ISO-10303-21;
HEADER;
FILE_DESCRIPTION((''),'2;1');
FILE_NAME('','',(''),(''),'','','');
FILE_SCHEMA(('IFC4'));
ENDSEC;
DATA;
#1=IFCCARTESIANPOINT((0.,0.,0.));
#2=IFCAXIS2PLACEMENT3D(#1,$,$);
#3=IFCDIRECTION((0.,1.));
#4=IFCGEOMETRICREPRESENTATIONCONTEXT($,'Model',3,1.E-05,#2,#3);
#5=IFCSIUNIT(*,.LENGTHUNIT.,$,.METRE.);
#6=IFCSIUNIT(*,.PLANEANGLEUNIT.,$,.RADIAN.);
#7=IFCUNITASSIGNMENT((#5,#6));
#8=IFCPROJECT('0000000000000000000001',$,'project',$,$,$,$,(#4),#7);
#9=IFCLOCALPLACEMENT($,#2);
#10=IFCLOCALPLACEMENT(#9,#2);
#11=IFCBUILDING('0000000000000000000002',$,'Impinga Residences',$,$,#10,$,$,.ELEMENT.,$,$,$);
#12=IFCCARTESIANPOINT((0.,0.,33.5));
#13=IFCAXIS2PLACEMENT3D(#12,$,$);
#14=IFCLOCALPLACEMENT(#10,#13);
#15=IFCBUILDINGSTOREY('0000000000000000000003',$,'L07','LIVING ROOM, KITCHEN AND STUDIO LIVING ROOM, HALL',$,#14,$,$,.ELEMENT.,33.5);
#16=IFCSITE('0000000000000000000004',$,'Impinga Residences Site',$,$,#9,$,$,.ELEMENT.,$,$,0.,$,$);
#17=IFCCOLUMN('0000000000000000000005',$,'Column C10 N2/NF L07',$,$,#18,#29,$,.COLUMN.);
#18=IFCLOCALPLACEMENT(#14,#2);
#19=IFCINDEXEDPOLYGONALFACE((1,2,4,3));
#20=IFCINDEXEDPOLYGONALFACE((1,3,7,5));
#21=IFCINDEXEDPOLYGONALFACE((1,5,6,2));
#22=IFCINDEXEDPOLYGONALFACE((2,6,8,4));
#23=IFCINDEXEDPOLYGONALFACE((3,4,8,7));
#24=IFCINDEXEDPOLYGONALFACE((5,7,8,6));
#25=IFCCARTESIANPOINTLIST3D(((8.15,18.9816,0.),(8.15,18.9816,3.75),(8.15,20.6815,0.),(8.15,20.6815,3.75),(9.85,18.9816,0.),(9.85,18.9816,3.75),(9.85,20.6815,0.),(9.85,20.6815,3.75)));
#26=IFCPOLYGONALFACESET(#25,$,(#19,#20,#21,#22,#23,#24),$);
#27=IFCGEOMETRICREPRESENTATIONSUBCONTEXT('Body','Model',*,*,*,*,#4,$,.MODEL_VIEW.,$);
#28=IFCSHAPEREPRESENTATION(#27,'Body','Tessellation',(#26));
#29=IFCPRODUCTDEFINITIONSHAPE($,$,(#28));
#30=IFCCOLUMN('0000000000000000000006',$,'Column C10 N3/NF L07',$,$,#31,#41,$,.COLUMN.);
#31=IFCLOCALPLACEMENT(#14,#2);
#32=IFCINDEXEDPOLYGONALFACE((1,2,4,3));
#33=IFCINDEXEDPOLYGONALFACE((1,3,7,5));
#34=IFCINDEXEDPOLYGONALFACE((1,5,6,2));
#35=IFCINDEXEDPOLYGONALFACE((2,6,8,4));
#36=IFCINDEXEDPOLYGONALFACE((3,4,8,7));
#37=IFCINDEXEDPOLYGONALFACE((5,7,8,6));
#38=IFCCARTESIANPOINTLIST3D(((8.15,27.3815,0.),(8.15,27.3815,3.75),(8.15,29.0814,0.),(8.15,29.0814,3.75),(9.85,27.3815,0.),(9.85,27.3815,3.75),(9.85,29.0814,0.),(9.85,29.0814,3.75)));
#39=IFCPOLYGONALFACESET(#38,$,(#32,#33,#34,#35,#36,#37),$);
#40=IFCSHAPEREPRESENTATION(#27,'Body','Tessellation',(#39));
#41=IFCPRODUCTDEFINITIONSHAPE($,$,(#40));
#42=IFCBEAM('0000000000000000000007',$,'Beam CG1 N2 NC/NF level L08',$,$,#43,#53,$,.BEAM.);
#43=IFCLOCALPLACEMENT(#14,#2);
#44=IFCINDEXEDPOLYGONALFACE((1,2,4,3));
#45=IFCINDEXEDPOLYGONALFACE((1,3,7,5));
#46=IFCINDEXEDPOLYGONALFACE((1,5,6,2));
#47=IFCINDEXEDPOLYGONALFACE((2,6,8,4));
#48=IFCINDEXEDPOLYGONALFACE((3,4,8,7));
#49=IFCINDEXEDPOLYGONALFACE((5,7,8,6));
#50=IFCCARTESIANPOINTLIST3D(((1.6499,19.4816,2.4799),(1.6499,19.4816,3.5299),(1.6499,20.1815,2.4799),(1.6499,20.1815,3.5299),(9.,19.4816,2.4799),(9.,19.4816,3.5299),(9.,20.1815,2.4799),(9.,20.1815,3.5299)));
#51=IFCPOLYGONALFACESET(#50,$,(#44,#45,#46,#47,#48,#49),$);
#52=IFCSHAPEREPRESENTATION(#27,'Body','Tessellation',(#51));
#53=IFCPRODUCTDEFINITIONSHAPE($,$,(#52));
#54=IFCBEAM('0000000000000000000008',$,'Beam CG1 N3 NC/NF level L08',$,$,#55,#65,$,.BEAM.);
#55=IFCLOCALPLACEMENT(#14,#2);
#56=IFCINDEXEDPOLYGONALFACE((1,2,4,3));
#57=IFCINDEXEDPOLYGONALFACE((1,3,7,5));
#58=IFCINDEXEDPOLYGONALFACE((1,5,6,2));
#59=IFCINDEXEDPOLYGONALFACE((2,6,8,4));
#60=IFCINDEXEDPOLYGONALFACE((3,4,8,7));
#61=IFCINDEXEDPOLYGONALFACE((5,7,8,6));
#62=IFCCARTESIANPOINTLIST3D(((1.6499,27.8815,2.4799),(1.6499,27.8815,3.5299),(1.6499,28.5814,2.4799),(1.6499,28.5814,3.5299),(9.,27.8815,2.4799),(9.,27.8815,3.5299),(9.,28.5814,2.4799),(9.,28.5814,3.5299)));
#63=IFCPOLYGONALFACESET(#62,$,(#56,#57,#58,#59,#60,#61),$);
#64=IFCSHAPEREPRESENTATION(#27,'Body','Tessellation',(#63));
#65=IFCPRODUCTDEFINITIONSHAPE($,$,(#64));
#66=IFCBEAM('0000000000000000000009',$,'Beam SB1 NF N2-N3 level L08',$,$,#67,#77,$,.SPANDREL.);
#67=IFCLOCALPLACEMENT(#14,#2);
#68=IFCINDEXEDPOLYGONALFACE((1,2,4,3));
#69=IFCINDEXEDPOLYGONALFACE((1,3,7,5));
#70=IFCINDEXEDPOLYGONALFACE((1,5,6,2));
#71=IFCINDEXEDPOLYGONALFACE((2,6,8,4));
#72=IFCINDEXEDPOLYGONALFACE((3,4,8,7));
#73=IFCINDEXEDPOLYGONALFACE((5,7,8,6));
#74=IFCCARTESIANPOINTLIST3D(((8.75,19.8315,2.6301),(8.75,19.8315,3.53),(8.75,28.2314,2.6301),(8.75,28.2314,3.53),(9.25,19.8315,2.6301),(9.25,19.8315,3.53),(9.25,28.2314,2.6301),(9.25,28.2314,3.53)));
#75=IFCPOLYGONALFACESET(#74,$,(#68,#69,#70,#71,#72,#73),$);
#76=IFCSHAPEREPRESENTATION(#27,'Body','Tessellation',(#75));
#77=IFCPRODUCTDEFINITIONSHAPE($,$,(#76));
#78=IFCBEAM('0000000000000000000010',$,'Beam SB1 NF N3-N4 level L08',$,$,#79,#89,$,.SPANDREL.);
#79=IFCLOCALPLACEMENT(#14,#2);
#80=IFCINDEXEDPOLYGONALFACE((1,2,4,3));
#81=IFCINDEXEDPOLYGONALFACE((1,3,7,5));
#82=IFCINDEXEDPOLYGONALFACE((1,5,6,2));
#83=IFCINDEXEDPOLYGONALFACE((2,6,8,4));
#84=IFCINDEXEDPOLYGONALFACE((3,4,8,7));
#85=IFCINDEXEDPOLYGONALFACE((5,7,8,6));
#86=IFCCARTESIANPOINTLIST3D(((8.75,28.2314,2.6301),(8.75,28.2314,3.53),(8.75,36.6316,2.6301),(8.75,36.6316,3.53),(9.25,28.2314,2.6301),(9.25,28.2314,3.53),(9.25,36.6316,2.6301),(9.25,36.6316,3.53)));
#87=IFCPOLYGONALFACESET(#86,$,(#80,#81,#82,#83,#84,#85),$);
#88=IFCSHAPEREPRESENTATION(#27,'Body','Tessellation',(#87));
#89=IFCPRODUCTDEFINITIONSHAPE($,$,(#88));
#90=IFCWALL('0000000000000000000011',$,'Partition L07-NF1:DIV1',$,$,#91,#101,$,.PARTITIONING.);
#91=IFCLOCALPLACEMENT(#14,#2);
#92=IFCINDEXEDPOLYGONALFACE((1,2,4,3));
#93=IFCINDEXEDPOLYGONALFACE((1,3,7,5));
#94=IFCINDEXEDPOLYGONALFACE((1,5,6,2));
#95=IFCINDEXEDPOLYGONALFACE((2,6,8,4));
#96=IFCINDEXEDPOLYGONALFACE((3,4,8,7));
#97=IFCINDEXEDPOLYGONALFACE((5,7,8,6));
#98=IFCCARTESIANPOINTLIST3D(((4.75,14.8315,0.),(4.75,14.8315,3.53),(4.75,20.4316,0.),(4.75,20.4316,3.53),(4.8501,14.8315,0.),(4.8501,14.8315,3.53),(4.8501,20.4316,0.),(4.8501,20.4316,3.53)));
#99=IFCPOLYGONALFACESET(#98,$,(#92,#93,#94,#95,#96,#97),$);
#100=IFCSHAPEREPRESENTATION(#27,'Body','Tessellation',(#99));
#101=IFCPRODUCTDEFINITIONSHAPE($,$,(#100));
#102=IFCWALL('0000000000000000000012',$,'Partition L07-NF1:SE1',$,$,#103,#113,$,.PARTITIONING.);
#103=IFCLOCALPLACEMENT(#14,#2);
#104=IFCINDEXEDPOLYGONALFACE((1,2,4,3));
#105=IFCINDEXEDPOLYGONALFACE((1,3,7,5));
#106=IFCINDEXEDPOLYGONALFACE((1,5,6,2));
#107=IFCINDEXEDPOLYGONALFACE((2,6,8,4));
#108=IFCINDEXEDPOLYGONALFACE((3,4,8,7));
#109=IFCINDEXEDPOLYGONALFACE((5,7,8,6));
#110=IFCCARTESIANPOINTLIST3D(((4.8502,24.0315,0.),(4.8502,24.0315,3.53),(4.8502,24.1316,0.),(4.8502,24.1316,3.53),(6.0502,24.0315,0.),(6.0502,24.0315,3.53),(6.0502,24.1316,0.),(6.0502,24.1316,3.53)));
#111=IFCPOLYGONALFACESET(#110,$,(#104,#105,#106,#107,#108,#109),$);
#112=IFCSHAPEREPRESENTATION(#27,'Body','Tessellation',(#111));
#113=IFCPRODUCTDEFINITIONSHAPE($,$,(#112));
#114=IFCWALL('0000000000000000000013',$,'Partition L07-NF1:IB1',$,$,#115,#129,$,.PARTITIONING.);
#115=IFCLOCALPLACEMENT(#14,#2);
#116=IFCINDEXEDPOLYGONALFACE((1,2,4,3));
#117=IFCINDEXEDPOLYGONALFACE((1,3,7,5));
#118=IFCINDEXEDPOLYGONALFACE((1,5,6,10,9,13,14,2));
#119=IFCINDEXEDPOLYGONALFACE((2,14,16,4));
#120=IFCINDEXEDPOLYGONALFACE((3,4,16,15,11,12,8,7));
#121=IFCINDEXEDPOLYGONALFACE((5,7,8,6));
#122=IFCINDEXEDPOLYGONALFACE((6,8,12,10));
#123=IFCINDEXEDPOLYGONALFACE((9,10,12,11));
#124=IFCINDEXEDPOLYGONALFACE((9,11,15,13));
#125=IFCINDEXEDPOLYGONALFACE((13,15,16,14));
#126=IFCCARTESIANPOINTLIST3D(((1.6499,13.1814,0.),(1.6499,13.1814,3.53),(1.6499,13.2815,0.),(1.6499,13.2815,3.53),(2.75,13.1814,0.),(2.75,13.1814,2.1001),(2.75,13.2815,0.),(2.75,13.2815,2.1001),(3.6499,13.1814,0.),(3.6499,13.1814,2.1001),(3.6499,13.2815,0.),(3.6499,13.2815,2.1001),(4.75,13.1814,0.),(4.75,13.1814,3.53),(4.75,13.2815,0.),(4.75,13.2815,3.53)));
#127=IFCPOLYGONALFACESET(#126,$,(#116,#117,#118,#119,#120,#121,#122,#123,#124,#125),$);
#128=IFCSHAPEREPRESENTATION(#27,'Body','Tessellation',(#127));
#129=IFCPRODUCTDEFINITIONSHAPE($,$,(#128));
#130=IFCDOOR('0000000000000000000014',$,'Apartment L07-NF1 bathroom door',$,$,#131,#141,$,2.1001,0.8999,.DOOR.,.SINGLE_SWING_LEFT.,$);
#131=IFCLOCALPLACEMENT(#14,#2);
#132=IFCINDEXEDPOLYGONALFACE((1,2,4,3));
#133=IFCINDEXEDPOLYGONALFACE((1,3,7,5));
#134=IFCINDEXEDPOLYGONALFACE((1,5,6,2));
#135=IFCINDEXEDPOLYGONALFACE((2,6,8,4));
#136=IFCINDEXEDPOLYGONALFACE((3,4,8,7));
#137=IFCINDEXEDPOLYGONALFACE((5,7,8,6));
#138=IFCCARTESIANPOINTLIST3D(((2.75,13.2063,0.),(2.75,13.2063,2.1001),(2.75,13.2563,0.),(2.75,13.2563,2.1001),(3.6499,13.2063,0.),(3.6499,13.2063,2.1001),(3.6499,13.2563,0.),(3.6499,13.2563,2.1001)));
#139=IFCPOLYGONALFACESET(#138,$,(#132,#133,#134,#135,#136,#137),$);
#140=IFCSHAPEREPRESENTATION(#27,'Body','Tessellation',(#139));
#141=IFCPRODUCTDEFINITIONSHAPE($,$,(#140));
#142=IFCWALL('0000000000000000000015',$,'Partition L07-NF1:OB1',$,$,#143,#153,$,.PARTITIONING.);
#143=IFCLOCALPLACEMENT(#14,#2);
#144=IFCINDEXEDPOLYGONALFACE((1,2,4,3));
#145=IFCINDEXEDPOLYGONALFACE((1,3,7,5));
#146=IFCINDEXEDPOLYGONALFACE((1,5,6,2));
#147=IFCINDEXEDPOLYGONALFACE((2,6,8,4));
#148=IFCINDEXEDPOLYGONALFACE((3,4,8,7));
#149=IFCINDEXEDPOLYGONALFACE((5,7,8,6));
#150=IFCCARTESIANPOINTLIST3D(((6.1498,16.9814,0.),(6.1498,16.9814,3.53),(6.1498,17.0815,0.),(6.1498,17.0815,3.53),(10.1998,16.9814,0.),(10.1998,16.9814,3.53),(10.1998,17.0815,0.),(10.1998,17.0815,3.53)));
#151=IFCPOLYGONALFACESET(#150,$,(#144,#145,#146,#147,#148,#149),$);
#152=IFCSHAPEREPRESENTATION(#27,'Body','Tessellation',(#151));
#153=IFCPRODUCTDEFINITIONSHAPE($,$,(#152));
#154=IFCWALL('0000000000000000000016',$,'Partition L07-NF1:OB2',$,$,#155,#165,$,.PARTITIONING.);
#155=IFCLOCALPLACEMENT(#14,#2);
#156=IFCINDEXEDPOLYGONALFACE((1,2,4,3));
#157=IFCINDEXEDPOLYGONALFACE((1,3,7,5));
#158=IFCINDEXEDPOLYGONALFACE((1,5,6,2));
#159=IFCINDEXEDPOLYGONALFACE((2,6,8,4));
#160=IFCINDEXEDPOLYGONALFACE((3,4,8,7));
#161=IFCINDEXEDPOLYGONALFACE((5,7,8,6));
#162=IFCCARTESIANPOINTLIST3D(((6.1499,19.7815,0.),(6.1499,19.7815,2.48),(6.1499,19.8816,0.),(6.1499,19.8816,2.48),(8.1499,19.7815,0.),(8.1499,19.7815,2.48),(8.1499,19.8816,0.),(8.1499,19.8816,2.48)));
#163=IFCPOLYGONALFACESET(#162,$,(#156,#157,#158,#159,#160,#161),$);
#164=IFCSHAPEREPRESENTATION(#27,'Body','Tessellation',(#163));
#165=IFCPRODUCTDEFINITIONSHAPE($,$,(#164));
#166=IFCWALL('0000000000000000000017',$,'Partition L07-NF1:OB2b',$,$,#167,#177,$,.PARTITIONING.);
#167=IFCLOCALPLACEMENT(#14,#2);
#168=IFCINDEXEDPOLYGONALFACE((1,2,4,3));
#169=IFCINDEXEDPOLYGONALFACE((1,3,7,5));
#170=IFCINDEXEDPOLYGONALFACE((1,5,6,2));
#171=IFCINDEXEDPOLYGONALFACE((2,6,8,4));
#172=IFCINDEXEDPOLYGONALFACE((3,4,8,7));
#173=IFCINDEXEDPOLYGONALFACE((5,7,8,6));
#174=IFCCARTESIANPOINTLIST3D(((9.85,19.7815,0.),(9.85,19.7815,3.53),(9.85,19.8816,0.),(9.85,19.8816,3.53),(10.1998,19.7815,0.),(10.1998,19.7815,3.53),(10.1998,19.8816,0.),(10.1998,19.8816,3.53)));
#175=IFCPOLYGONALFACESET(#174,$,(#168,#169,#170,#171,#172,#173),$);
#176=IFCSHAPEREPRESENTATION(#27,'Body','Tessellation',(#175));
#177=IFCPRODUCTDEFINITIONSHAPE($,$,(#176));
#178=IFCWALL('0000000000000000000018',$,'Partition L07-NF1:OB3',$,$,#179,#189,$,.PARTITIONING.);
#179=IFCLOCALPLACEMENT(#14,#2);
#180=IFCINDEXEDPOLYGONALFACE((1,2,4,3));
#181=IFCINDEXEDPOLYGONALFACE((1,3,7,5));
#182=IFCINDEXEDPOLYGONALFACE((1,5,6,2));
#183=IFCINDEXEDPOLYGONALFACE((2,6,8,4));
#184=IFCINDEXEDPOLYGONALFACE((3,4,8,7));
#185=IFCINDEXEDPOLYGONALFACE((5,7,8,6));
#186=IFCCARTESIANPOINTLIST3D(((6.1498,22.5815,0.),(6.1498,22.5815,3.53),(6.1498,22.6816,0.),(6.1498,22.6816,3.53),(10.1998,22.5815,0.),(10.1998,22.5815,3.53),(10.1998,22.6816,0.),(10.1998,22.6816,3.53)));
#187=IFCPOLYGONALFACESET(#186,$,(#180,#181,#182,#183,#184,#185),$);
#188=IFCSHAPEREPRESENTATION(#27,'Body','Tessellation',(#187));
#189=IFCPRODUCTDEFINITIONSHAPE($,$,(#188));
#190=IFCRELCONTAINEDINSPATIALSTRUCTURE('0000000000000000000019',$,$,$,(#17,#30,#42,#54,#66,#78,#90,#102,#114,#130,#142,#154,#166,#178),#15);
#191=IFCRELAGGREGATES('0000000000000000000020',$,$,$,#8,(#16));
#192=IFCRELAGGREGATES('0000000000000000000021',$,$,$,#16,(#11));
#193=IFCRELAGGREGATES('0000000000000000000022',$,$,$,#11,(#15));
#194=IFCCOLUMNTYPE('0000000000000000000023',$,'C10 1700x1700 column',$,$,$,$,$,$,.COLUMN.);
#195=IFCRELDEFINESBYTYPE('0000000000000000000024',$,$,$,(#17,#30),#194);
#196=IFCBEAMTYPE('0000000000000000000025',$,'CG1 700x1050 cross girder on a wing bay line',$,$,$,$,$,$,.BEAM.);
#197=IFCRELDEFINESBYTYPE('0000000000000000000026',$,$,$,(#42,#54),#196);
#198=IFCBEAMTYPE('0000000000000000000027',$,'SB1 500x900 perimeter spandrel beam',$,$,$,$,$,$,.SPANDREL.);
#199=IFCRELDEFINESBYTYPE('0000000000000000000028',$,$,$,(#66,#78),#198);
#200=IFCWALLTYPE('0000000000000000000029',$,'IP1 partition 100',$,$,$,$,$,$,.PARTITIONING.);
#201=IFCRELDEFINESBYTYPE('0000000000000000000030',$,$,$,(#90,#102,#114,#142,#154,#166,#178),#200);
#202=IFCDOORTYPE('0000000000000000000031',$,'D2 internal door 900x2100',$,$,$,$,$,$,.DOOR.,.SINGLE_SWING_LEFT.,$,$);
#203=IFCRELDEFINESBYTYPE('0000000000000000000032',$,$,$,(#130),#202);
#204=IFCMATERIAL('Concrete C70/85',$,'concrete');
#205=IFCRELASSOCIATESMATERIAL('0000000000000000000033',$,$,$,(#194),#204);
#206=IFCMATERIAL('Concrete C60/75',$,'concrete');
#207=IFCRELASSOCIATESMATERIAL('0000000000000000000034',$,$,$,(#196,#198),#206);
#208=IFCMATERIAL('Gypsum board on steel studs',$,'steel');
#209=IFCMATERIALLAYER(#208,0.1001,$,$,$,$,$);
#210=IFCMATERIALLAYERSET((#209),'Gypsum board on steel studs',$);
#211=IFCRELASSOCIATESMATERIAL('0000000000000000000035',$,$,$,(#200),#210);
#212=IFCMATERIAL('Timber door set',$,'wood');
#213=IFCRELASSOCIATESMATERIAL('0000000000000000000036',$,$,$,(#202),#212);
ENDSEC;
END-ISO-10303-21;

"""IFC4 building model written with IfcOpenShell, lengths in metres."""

from ifc_helpers import new_model, si_unit, direction, frame, frame_2d, origin, origin_2d, place, context, subcontext, project, spatial, rectangle, extrude, material, layer, layer_set, material_profile, profile_set, type_object, element, fill, save


model = new_model("IFC4")

# Units and contexts
model_context = context("Model", 3, precision=1e-05, world=origin(), true_north=direction((0.0, 1.0)))
body_context = subcontext(model_context, "Body", "Model", "MODEL_VIEW")
ifc_project = project(units=[si_unit("LENGTHUNIT", "METRE"), si_unit("PLANEANGLEUNIT", "RADIAN")], contexts=[model_context])

# Site, building, storey
site_placement = place(None, origin())
site = spatial("IfcSite", under=ifc_project, at=site_placement, Name="Impinga Residences Site", CompositionType="ELEMENT", RefElevation=0.0)
building_placement = place(site_placement, origin())
building = spatial("IfcBuilding", under=site, at=building_placement, Name="Impinga Residences", CompositionType="ELEMENT")
storey_placement = place(building_placement, frame((0.0, 0.0, 33.5)))
storey = spatial("IfcBuildingStorey", under=building, at=storey_placement, Name="L07", Description="LIVING ROOM, KITCHEN AND STUDIO LIVING ROOM, HALL", CompositionType="ELEMENT", Elevation=33.5)

# Columns
ifc_material_1 = material(Name="Concrete C70/85", Category="concrete")
ifc_material_profile_1 = material_profile(ifc_material_1, rectangle(XDim=1.7, YDim=1.7, at=origin_2d()), Name="RC 1700x1700")
ifc_profile_set_1 = profile_set([ifc_material_profile_1], Name="Concrete C70/85")
column_type = type_object("IfcColumnType", Name="C10 1700x1700 column", PredefinedType="COLUMN", material=ifc_profile_set_1)
for number, where, z_axis, x_axis, name in (
    (1, (9.0, 19.8315, 0.0), (0.0, 0.0, 1.0), (1.0, 0.0, 0.0), "Column C10 N2/NF L07"),
    (2, (9.0, 28.2314, 0.0), (0.0, 0.0, 1.0), (1.0, 0.0, 0.0), "Column C10 N3/NF L07"),
):
    element("IfcColumn", number, at=place(storey_placement, frame(where, z_axis=z_axis, x_axis=x_axis)), inside=storey, type_object=column_type, Name=name, PredefinedType="COLUMN", context=body_context, shape_type="SweptSolid", body=[
        extrude(rectangle(XDim=1.7, YDim=1.7, at=origin_2d()), origin(), (0.0, 0.0, 1.0), 3.75),
    ])

# Beams
ifc_material_2 = material(Name="Concrete C60/75", Category="concrete")
ifc_material_profile_2 = material_profile(ifc_material_2, rectangle(XDim=0.7, YDim=1.05, at=origin_2d()), Name="RC 700x1050")
ifc_profile_set_2 = profile_set([ifc_material_profile_2], Name="Concrete C60/75")
beam_type_1 = type_object("IfcBeamType", Name="CG1 700x1050 cross girder on a wing bay line", PredefinedType="BEAM", material=ifc_profile_set_2)
for number, where, z_axis, x_axis, name in (
    (3, (1.6499, 19.8315, 3.0049), (1.0, 0.0, 0.0), (0.0, 1.0, 0.0), "Beam CG1 N2 NC/NF level L08"),
    (4, (1.6499, 28.2314, 3.0049), (1.0, 0.0, 0.0), (0.0, 1.0, 0.0), "Beam CG1 N3 NC/NF level L08"),
):
    element("IfcBeam", number, at=place(storey_placement, frame(where, z_axis=z_axis, x_axis=x_axis)), inside=storey, type_object=beam_type_1, Name=name, PredefinedType="BEAM", context=body_context, shape_type="SweptSolid", body=[
        extrude(rectangle(XDim=0.7, YDim=1.05, at=origin_2d()), origin(), (0.0, 0.0, 1.0), 7.3501),
    ])
ifc_material_profile_3 = material_profile(ifc_material_2, rectangle(XDim=0.5, YDim=0.8999, at=origin_2d()), Name="RC 500x900")
ifc_profile_set_3 = profile_set([ifc_material_profile_3], Name="Concrete C60/75")
beam_type_2 = type_object("IfcBeamType", Name="SB1 500x900 perimeter spandrel beam", PredefinedType="SPANDREL", material=ifc_profile_set_3)
beam_1_placement = place(storey_placement, frame((9.0, 19.8315, 3.0801), z_axis=(0.0, 1.0, 0.0), x_axis=(-1.0, 0.0, 0.0)))
element("IfcBeam", 5, at=beam_1_placement, inside=storey, type_object=beam_type_2, Name="Beam SB1 NF N2-N3 level L08", PredefinedType="SPANDREL", context=body_context, shape_type="SweptSolid", body=[
    extrude(rectangle(XDim=0.5, YDim=0.8999, at=origin_2d()), origin(), (0.0, 0.0, 1.0), 8.3999),
])
beam_2_placement = place(storey_placement, frame((9.0, 28.2314, 3.0801), z_axis=(0.0, 1.0, 0.0), x_axis=(-1.0, 0.0, 0.0)))
element("IfcBeam", 6, at=beam_2_placement, inside=storey, type_object=beam_type_2, Name="Beam SB1 NF N3-N4 level L08", PredefinedType="SPANDREL", context=body_context, shape_type="SweptSolid", body=[
    extrude(rectangle(XDim=0.5, YDim=0.8999, at=origin_2d()), origin(), (0.0, 0.0, 1.0), 8.4001),
])

# Walls
ifc_material_3 = material(Name="Gypsum board on steel studs", Category="steel")
ifc_layer_1 = layer(ifc_material_3, 0.1001)
ifc_layer_set_1 = layer_set([ifc_layer_1], Name="Gypsum board on steel studs")
wall_type_1 = type_object("IfcWallType", Name="IP1 partition 100", PredefinedType="PARTITIONING", material=ifc_layer_set_1)
wall_1_placement = place(storey_placement, frame((4.8, 14.8315, 0.0), z_axis=(0.0, 0.0, 1.0), x_axis=(0.0, 1.0, 0.0)))
element("IfcWall", 7, at=wall_1_placement, inside=storey, type_object=wall_type_1, Name="Partition L07-NF1:DIV1", PredefinedType="PARTITIONING", context=body_context, shape_type="SweptSolid", body=[
    extrude(rectangle(XDim=5.6001, YDim=0.1001, at=frame_2d((2.8, 0.0))), origin(), (0.0, 0.0, 1.0), 3.53),
])
wall_2_placement = place(storey_placement, frame((4.8501, 24.0815, 0.0), z_axis=(0.0, 0.0, 1.0), x_axis=(1.0, 0.0, 0.0)))
element("IfcWall", 8, at=wall_2_placement, inside=storey, type_object=wall_type_1, Name="Partition L07-NF1:SE1", PredefinedType="PARTITIONING", context=body_context, shape_type="SweptSolid", body=[
    extrude(rectangle(XDim=1.2, YDim=0.1001, at=frame_2d((0.6001, 0.0))), origin(), (0.0, 0.0, 1.0), 3.53),
])

# Wall, opening, door
wall_3_placement = place(storey_placement, frame((1.6499, 13.2314, 0.0), z_axis=(0.0, 0.0, 1.0), x_axis=(1.0, 0.0, 0.0)))
wall_3 = element("IfcWall", 9, at=wall_3_placement, inside=storey, type_object=wall_type_1, Name="Partition L07-NF1:IB1", PredefinedType="PARTITIONING", context=body_context, shape_type="SweptSolid", body=[
    extrude(rectangle(XDim=3.1001, YDim=0.1001, at=frame_2d((1.55, 0.0))), origin(), (0.0, 0.0, 1.0), 3.53),
])
opening_1_placement = place(wall_3_placement, frame((1.1001, 0.0, 0.0)))
opening_1 = element("IfcOpeningElement", 10, at=opening_1_placement, cuts=wall_3, PredefinedType="OPENING", context=body_context, shape_type="SweptSolid", body=[
    extrude(rectangle(XDim=0.8999, YDim=2.1001, at=frame_2d((0.45, 1.05))), frame((0.0, 0.0601, 0.0), z_axis=(0.0, -1.0, 0.0), x_axis=(1.0, 0.0, 0.0)), (0.0, 0.0, 1.0), 0.1201),
])
ifc_material_4 = material(Name="Timber door set", Category="wood")
door_type = type_object("IfcDoorType", Name="D2 internal door 900x2100", OperationType="SINGLE_SWING_LEFT", PredefinedType="DOOR", material=ifc_material_4)
door_1_placement = place(opening_1_placement, origin())
door_1 = element("IfcDoor", 11, at=door_1_placement, inside=storey, type_object=door_type, Name="Apartment L07-NF1 bathroom door", OperationType="SINGLE_SWING_LEFT", OverallHeight=2.1001, OverallWidth=0.8999, PredefinedType="DOOR", context=body_context, shape_type="SweptSolid", body=[
    extrude(rectangle(XDim=0.8999, YDim=2.1001, at=frame_2d((0.45, 1.05))), frame((0.0, 0.0249, 0.0), z_axis=(0.0, -1.0, 0.0), x_axis=(1.0, 0.0, 0.0)), (0.0, 0.0, 1.0), 0.05),
])
fill(opening_1, door_1)

# Walls
wall_4_placement = place(storey_placement, frame((6.1499, 17.0315, 0.0), z_axis=(0.0, 0.0, 1.0), x_axis=(1.0, 0.0, 0.0)))
element("IfcWall", 12, at=wall_4_placement, inside=storey, type_object=wall_type_1, Name="Partition L07-NF1:OB1", PredefinedType="PARTITIONING", context=body_context, shape_type="SweptSolid", body=[
    extrude(rectangle(XDim=4.05, YDim=0.1001, at=frame_2d((2.0249, 0.0))), origin(), (0.0, 0.0, 1.0), 3.53),
])
wall_5_placement = place(storey_placement, frame((6.1499, 19.8315, 0.0), z_axis=(0.0, 0.0, 1.0), x_axis=(1.0, 0.0, 0.0)))
element("IfcWall", 13, at=wall_5_placement, inside=storey, type_object=wall_type_1, Name="Partition L07-NF1:OB2", PredefinedType="PARTITIONING", context=body_context, shape_type="SweptSolid", body=[
    extrude(rectangle(XDim=2.0, YDim=0.1001, at=frame_2d((1.0, 0.0))), origin(), (0.0, 0.0, 1.0), 2.48),
])
wall_6_placement = place(storey_placement, frame((9.8501, 19.8315, 0.0), z_axis=(0.0, 0.0, 1.0), x_axis=(1.0, 0.0, 0.0)))
element("IfcWall", 14, at=wall_6_placement, inside=storey, type_object=wall_type_1, Name="Partition L07-NF1:OB2b", PredefinedType="PARTITIONING", context=body_context, shape_type="SweptSolid", body=[
    extrude(rectangle(XDim=0.3499, YDim=0.1001, at=frame_2d((0.1748, 0.0))), origin(), (0.0, 0.0, 1.0), 3.53),
])
wall_7_placement = place(storey_placement, frame((6.1499, 22.6316, 0.0), z_axis=(0.0, 0.0, 1.0), x_axis=(1.0, 0.0, 0.0)))
element("IfcWall", 15, at=wall_7_placement, inside=storey, type_object=wall_type_1, Name="Partition L07-NF1:OB3", PredefinedType="PARTITIONING", context=body_context, shape_type="SweptSolid", body=[
    extrude(rectangle(XDim=4.05, YDim=0.1001, at=frame_2d((2.0249, 0.0))), origin(), (0.0, 0.0, 1.0), 3.53),
])

save(model, "model.ifc")
